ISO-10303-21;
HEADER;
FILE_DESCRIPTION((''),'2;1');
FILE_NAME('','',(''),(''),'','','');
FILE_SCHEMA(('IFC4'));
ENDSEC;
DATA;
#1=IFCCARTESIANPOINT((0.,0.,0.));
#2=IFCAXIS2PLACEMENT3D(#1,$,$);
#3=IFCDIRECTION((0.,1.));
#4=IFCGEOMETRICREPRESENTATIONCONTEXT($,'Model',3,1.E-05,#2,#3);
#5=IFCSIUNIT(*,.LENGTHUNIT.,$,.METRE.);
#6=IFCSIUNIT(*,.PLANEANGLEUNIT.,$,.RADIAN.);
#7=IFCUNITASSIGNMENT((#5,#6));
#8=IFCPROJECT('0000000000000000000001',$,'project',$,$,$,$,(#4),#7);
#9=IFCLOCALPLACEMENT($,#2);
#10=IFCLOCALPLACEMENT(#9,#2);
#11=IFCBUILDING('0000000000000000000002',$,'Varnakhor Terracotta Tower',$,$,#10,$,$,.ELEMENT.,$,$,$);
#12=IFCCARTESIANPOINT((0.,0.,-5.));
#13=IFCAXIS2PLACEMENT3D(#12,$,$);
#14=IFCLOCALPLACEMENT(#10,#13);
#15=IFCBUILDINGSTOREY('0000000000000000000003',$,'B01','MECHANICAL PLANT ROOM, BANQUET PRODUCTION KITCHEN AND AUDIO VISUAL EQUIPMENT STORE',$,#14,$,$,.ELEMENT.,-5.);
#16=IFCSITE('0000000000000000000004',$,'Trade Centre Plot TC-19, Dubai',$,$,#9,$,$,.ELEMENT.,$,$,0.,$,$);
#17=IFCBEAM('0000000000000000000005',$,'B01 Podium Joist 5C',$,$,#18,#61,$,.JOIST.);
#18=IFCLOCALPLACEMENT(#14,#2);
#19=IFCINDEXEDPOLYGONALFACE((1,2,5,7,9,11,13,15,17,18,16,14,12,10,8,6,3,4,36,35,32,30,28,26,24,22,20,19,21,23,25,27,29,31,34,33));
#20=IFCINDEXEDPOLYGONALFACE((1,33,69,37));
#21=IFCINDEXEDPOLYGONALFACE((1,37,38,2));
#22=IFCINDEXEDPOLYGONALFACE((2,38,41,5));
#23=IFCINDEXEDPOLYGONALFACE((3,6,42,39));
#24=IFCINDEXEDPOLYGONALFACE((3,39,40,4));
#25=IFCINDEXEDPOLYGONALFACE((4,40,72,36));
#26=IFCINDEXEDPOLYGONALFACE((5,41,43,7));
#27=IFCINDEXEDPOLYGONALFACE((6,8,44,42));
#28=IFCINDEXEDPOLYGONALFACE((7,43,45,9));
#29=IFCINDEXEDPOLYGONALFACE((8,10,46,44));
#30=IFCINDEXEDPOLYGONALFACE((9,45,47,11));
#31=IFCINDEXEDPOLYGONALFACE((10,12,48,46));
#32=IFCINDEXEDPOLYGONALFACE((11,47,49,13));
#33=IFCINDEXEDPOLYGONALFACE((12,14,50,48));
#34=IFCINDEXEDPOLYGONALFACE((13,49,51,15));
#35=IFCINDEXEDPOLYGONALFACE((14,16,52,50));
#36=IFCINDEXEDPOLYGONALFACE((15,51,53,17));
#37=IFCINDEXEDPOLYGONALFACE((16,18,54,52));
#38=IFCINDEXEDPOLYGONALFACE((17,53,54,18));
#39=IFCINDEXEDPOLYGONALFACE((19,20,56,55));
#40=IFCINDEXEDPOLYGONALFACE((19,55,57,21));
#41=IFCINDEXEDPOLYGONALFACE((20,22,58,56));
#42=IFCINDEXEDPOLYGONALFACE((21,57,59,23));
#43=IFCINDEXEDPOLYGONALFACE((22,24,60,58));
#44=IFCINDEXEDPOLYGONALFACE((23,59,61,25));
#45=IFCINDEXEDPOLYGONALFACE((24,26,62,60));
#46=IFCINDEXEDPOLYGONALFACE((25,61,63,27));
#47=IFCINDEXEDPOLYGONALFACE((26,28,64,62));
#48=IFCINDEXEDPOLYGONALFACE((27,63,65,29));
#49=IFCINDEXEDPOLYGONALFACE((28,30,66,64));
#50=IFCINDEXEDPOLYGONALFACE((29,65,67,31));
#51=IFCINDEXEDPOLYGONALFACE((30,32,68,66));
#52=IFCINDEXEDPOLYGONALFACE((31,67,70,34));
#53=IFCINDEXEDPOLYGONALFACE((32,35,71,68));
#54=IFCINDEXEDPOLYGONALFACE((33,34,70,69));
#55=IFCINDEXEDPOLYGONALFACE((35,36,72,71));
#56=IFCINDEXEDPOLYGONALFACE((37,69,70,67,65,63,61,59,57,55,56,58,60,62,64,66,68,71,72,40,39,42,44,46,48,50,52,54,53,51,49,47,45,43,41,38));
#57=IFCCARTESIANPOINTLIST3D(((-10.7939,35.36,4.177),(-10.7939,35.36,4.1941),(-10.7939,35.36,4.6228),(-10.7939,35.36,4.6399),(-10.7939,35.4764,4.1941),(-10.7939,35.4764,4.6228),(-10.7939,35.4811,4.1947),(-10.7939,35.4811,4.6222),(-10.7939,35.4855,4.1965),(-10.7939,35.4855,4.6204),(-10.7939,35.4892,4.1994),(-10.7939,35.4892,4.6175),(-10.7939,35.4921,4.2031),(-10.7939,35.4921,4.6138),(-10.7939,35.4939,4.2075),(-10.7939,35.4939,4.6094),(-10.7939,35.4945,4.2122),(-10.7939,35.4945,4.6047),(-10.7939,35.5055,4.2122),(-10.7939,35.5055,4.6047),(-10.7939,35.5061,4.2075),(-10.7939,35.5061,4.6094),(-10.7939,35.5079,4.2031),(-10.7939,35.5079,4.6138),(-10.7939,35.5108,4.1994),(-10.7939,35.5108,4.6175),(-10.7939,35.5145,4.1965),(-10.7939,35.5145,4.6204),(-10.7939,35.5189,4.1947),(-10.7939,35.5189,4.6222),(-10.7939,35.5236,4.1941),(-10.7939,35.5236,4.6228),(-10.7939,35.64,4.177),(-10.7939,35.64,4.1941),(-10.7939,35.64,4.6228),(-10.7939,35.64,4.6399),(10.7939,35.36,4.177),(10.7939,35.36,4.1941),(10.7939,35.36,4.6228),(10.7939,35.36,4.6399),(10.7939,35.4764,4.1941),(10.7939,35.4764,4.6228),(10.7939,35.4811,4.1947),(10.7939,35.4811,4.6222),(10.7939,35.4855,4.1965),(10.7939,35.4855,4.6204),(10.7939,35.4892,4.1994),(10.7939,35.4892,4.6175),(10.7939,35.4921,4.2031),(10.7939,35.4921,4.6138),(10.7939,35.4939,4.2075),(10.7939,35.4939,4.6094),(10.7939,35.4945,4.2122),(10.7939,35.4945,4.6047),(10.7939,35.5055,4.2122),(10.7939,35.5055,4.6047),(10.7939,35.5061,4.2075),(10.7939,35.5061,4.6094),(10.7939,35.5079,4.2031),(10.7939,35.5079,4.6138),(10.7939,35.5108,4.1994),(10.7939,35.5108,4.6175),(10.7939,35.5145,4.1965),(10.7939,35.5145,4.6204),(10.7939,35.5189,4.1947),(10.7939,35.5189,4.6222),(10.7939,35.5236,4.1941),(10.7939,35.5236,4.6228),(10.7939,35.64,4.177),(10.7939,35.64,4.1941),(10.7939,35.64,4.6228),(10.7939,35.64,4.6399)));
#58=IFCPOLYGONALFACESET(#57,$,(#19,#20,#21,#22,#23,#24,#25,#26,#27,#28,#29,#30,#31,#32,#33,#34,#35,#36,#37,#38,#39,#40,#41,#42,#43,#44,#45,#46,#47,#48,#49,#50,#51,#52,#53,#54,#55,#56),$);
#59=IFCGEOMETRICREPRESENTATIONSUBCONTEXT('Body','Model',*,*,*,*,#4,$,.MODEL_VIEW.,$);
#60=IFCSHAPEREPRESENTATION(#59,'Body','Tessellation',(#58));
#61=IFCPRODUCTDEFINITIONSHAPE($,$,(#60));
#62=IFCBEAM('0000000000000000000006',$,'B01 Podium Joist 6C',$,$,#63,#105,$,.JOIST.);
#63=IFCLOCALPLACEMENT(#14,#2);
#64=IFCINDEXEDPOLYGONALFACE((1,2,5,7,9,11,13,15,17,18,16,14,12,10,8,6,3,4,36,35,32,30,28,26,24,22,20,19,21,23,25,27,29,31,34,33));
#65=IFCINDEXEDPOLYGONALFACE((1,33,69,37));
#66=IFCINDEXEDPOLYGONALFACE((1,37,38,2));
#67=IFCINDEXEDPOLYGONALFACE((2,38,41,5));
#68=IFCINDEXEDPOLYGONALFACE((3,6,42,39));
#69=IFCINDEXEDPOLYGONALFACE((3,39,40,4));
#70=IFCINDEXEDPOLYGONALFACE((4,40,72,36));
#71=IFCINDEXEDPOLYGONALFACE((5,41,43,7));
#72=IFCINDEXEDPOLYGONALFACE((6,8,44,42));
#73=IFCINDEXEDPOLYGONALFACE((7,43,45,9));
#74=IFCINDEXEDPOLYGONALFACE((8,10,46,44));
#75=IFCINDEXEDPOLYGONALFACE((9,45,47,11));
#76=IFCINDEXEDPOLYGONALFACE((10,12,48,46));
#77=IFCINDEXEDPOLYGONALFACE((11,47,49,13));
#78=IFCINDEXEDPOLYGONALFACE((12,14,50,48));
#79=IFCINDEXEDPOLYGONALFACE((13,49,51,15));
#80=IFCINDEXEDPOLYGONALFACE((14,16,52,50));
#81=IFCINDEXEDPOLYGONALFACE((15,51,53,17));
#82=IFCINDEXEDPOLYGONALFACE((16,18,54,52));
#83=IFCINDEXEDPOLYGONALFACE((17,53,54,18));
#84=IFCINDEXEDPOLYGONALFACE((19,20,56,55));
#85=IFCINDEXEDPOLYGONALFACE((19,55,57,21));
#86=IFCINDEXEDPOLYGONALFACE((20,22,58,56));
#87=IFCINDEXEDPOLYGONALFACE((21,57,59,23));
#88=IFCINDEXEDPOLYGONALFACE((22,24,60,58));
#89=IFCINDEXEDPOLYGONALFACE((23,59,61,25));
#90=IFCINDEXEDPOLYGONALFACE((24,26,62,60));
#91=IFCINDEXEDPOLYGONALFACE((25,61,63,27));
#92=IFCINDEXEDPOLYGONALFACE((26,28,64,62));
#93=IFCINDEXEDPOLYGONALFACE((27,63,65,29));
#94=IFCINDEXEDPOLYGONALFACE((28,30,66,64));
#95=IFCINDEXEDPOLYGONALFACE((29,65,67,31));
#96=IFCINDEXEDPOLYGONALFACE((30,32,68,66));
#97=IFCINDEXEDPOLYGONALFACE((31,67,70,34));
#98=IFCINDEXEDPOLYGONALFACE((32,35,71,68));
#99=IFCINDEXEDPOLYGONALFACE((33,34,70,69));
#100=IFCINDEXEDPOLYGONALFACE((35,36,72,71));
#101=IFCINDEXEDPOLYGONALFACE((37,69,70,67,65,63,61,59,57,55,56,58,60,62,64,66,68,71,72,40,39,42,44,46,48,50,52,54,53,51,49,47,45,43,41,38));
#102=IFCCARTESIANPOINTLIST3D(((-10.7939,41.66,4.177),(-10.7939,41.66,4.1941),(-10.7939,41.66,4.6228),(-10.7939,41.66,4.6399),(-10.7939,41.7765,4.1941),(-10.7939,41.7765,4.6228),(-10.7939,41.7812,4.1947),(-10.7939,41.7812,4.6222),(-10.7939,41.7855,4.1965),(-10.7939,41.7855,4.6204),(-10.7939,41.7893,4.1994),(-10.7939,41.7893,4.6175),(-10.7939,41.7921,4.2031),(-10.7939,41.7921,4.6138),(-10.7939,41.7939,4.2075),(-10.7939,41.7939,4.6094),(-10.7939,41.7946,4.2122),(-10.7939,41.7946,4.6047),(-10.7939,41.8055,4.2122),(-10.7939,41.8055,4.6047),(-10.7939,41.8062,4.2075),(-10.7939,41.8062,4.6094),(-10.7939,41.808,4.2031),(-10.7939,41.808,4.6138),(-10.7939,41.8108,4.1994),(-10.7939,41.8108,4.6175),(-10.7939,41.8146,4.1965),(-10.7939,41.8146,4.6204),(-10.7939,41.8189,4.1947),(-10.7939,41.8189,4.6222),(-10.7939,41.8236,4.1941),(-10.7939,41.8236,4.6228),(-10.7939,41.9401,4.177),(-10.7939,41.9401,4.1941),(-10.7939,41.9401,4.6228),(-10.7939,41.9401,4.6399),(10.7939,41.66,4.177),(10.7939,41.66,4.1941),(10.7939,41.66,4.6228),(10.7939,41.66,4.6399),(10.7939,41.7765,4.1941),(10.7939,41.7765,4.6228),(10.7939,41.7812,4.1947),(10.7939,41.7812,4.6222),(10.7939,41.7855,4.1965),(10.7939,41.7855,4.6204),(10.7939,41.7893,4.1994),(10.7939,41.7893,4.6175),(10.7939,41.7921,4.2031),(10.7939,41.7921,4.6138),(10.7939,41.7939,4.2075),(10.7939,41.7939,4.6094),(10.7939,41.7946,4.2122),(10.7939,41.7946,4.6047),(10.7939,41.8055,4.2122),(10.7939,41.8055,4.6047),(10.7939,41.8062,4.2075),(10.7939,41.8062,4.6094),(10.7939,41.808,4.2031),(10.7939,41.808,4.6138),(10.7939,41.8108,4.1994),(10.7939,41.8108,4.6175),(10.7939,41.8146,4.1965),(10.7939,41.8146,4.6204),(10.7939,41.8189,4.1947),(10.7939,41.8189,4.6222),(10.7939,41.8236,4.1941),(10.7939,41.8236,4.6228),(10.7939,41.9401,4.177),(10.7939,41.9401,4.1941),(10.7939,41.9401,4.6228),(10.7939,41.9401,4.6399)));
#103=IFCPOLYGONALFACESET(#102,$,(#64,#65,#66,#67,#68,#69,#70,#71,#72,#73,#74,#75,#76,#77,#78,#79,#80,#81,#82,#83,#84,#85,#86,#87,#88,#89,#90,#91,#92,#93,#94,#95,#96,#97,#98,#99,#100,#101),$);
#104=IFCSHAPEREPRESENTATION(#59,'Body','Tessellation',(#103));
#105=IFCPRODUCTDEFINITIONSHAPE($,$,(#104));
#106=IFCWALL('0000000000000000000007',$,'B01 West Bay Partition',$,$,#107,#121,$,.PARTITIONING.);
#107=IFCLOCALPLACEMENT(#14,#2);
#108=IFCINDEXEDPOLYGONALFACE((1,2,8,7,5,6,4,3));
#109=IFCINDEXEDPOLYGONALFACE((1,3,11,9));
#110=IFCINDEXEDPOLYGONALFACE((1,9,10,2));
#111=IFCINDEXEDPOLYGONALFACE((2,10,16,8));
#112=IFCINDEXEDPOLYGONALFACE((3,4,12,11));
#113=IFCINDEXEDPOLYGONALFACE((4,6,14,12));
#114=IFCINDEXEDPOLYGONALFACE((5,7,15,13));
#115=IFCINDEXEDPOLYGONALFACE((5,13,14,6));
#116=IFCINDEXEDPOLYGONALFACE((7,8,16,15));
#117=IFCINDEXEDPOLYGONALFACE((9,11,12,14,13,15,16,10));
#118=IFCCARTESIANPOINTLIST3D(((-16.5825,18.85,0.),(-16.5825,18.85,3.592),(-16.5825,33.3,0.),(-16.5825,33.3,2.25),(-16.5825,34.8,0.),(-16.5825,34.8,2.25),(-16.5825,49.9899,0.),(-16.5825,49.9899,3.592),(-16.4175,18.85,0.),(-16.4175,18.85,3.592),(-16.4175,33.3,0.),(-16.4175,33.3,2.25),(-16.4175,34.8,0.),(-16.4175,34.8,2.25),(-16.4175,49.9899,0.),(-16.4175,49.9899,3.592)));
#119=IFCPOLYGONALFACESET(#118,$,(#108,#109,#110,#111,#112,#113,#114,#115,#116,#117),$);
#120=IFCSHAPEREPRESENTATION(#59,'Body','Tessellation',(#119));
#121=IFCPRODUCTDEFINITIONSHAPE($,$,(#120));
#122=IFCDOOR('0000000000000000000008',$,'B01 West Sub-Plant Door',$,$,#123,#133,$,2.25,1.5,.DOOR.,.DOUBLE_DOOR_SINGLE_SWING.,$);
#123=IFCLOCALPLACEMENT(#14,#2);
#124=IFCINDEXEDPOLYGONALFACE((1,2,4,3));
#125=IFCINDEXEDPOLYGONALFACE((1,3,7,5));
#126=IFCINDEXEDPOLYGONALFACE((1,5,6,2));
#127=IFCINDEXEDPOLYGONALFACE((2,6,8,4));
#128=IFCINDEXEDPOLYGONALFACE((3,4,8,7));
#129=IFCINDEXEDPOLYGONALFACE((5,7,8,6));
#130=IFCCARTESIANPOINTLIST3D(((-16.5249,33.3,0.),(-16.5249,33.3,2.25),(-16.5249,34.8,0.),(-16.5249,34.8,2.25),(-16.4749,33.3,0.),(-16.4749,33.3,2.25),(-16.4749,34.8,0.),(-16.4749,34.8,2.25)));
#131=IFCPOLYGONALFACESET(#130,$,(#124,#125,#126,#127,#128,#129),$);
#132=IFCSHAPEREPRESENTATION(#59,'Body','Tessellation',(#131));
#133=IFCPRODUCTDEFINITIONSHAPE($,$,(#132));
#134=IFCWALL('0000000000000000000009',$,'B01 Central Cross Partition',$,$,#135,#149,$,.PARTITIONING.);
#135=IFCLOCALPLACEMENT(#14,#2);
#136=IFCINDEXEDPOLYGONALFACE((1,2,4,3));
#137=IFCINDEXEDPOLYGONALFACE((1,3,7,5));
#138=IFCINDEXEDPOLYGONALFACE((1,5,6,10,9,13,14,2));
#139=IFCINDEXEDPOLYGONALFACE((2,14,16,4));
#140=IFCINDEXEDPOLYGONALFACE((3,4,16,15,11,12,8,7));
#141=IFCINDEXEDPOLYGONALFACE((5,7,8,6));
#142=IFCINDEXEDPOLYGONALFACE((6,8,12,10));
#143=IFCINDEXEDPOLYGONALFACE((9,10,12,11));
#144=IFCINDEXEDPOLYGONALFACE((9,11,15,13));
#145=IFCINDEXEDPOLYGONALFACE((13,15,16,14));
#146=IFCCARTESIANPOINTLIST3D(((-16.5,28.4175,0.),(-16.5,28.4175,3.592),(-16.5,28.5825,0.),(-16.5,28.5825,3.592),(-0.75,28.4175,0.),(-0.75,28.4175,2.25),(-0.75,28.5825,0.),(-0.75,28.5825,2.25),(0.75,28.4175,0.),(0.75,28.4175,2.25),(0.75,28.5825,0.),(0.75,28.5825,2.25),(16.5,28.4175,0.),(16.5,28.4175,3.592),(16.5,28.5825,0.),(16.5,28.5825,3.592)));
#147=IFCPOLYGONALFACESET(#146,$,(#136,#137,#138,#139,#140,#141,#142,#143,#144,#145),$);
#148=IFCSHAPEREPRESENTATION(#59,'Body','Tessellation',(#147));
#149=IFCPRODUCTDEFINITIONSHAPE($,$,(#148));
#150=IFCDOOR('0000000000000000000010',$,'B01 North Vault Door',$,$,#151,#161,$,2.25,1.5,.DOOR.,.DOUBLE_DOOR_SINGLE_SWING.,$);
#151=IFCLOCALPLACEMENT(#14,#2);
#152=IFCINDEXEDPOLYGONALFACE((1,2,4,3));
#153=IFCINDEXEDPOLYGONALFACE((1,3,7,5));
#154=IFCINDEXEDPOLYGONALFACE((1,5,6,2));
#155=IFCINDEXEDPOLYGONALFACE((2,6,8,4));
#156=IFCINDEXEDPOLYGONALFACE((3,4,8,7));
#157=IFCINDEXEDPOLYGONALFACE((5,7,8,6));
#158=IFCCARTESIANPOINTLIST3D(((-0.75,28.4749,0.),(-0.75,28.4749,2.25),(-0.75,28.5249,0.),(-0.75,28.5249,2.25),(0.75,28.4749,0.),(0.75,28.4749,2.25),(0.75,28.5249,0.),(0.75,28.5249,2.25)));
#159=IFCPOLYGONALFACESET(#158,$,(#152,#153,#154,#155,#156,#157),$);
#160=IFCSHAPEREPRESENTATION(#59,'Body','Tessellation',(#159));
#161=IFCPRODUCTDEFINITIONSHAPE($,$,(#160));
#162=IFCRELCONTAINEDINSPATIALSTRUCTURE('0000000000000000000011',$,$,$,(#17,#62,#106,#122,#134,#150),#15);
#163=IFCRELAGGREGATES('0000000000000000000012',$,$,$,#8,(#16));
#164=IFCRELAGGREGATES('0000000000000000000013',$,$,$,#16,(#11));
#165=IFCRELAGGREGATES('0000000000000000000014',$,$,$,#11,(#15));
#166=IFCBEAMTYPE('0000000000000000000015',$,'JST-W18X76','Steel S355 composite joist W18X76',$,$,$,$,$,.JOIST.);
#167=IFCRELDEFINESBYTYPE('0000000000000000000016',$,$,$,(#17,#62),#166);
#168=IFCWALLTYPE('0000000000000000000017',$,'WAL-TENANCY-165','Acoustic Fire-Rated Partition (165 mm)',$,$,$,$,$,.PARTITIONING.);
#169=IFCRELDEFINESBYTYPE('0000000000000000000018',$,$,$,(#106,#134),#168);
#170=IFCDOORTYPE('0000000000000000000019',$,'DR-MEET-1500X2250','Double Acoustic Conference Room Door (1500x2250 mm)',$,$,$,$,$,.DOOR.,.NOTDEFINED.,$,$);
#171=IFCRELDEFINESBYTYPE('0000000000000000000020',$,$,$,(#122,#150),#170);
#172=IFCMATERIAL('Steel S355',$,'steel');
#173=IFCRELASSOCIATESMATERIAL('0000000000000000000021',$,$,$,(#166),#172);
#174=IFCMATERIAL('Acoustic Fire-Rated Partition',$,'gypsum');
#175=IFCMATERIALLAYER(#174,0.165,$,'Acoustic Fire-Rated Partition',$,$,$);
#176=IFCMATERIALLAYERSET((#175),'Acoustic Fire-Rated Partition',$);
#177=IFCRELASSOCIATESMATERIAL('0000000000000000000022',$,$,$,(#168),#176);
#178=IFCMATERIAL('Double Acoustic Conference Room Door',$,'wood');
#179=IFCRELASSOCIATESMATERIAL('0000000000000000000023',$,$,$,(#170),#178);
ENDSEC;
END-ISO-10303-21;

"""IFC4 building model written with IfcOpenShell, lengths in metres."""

from ifc_helpers import new_model, si_unit, direction, frame, frame_2d, origin, origin_2d, place, context, subcontext, project, spatial, rectangle, i_section, extrude, source, transform, mapped, material, layer, layer_set, material_profile, profile_set, type_object, type_shapes, element, fill, save


model = new_model("IFC4")

# Units and contexts
model_context = context("Model", 3, precision=1e-05, world=origin(), true_north=direction((0.0, 1.0)))
body_context = subcontext(model_context, "Body", "Model", "MODEL_VIEW")
ifc_project = project(units=[si_unit("LENGTHUNIT", "METRE"), si_unit("PLANEANGLEUNIT", "RADIAN")], contexts=[model_context])

# Site, building, storey
site_placement = place(None, origin())
site = spatial("IfcSite", under=ifc_project, at=site_placement, Name="Trade Centre Plot TC-19, Dubai", CompositionType="ELEMENT", RefElevation=0.0)
building_placement = place(site_placement, origin())
building = spatial("IfcBuilding", under=site, at=building_placement, Name="Varnakhor Terracotta Tower", CompositionType="ELEMENT")
storey_placement = place(building_placement, frame((0.0, 0.0, -5.0)))
storey = spatial("IfcBuildingStorey", under=building, at=storey_placement, Name="B01", Description="MECHANICAL PLANT ROOM, BANQUET PRODUCTION KITCHEN AND AUDIO VISUAL EQUIPMENT STORE", CompositionType="ELEMENT", Elevation=-5.0)

# Shared definitions
ifc_material_1 = material(Name="Steel S355", Category="steel")

# Beams
ifc_material_profile_1 = material_profile(ifc_material_1, i_section(OverallWidth=0.28, OverallDepth=0.4629, WebThickness=0.011, FlangeThickness=0.0171, FilletRadius=0.0181, at=origin_2d()), Name="W18X76")
ifc_profile_set_1 = profile_set([ifc_material_profile_1], Name="Steel S355")
beam_type_1 = type_object("IfcBeamType", Name="JST-W18X76", Description="Steel S355 composite joist W18X76", PredefinedType="JOIST", material=ifc_profile_set_1)
shared_shape_1 = source(origin(), body_context, "Body", "SweptSolid", [
    extrude(i_section(OverallWidth=0.28, OverallDepth=0.4629, WebThickness=0.011, FlangeThickness=0.0171, FilletRadius=0.0181, at=origin_2d()), origin(), (0.0, 0.0, 1.0), 21.5879),
])
for number, where, z_axis, x_axis, name in (
    (1, (-10.7939, 35.5, 4.4084), (1.0, 0.0, 0.0), (0.0, 1.0, 0.0), "B01 Podium Joist 5C"),
    (2, (-10.7939, 41.8, 4.4084), (1.0, 0.0, 0.0), (0.0, 1.0, 0.0), "B01 Podium Joist 6C"),
):
    element("IfcBeam", number, at=place(storey_placement, frame(where, z_axis=z_axis, x_axis=x_axis)), inside=storey, type_object=beam_type_1, Name=name, PredefinedType="JOIST", context=body_context, shape_type="MappedRepresentation", body=[
        mapped(shared_shape_1, transform((0.0, 0.0, 0.0), scale=1.0)),
    ])

# Walls, openings, doors
ifc_material_2 = material(Name="Acoustic Fire-Rated Partition", Category="gypsum")
ifc_layer = layer(ifc_material_2, 0.165, Name="Acoustic Fire-Rated Partition")
ifc_layer_set = layer_set([ifc_layer], Name="Acoustic Fire-Rated Partition")
wall_type = type_object("IfcWallType", Name="WAL-TENANCY-165", Description="Acoustic Fire-Rated Partition (165 mm)", PredefinedType="PARTITIONING", material=ifc_layer_set)
wall_1_placement = place(storey_placement, frame((-16.5, 18.8501, 0.0), z_axis=(0.0, 0.0, 1.0), x_axis=(0.0, 1.0, 0.0)))
wall_1 = element("IfcWall", 3, at=wall_1_placement, inside=storey, type_object=wall_type, Name="B01 West Bay Partition", PredefinedType="PARTITIONING", context=body_context, shape_type="SweptSolid", body=[
    extrude(rectangle(XDim=31.1399, YDim=0.165, at=frame_2d((15.5698, 0.0))), origin(), (0.0, 0.0, 1.0), 3.592),
])
opening_1_placement = place(wall_1_placement, frame((14.45, 0.0, 0.0)))
opening_1 = element("IfcOpeningElement", 4, at=opening_1_placement, cuts=wall_1, PredefinedType="OPENING", context=body_context, shape_type="SweptSolid", body=[
    extrude(rectangle(XDim=1.5, YDim=2.25, at=frame_2d((0.75, 1.125))), frame((0.0, 0.0925, 0.0), z_axis=(0.0, -1.0, 0.0), x_axis=(1.0, 0.0, 0.0)), (0.0, 0.0, 1.0), 0.1851),
])
ifc_material_3 = material(Name="Double Acoustic Conference Room Door", Category="wood")
door_type = type_object("IfcDoorType", Name="DR-MEET-1500X2250", Description="Double Acoustic Conference Room Door (1500x2250 mm)", OperationType="NOTDEFINED", PredefinedType="DOOR", material=ifc_material_3)
shared_shape_2 = source(origin(), body_context, "Body", "SweptSolid", [
    extrude(rectangle(XDim=1.5, YDim=2.25, at=frame_2d((0.75, 1.125))), frame((0.0, 0.0249, 0.0), z_axis=(0.0, -1.0, 0.0), x_axis=(1.0, 0.0, 0.0)), (0.0, 0.0, 1.0), 0.05),
])
type_shapes(door_type, [shared_shape_2])
door_1_placement = place(opening_1_placement, origin())
door_1 = element("IfcDoor", 5, at=door_1_placement, inside=storey, type_object=door_type, Name="B01 West Sub-Plant Door", OperationType="DOUBLE_DOOR_SINGLE_SWING", OverallHeight=2.25, OverallWidth=1.5, PredefinedType="DOOR", context=body_context, shape_type="MappedRepresentation", body=[
    mapped(shared_shape_2, transform((0.0, 0.0, 0.0), scale=1.0)),
])
fill(opening_1, door_1)
wall_2_placement = place(storey_placement, frame((-16.5, 28.5, 0.0), z_axis=(0.0, 0.0, 1.0), x_axis=(1.0, 0.0, 0.0)))
wall_2 = element("IfcWall", 6, at=wall_2_placement, inside=storey, type_object=wall_type, Name="B01 Central Cross Partition", PredefinedType="PARTITIONING", context=body_context, shape_type="SweptSolid", body=[
    extrude(rectangle(XDim=33.0, YDim=0.165, at=frame_2d((16.5, 0.0))), origin(), (0.0, 0.0, 1.0), 3.592),
])
opening_2_placement = place(wall_2_placement, frame((15.75, 0.0, 0.0)))
opening_2 = element("IfcOpeningElement", 7, at=opening_2_placement, cuts=wall_2, PredefinedType="OPENING", context=body_context, shape_type="SweptSolid", body=[
    extrude(rectangle(XDim=1.5, YDim=2.25, at=frame_2d((0.75, 1.125))), frame((0.0, 0.0925, 0.0), z_axis=(0.0, -1.0, 0.0), x_axis=(1.0, 0.0, 0.0)), (0.0, 0.0, 1.0), 0.1851),
])
door_2_placement = place(opening_2_placement, origin())
door_2 = element("IfcDoor", 8, at=door_2_placement, inside=storey, type_object=door_type, Name="B01 North Vault Door", OperationType="DOUBLE_DOOR_SINGLE_SWING", OverallHeight=2.25, OverallWidth=1.5, PredefinedType="DOOR", context=body_context, shape_type="MappedRepresentation", body=[
    mapped(shared_shape_2, transform((0.0, 0.0, 0.0), scale=1.0)),
])
fill(opening_2, door_2)

save(model, "model.ifc")
